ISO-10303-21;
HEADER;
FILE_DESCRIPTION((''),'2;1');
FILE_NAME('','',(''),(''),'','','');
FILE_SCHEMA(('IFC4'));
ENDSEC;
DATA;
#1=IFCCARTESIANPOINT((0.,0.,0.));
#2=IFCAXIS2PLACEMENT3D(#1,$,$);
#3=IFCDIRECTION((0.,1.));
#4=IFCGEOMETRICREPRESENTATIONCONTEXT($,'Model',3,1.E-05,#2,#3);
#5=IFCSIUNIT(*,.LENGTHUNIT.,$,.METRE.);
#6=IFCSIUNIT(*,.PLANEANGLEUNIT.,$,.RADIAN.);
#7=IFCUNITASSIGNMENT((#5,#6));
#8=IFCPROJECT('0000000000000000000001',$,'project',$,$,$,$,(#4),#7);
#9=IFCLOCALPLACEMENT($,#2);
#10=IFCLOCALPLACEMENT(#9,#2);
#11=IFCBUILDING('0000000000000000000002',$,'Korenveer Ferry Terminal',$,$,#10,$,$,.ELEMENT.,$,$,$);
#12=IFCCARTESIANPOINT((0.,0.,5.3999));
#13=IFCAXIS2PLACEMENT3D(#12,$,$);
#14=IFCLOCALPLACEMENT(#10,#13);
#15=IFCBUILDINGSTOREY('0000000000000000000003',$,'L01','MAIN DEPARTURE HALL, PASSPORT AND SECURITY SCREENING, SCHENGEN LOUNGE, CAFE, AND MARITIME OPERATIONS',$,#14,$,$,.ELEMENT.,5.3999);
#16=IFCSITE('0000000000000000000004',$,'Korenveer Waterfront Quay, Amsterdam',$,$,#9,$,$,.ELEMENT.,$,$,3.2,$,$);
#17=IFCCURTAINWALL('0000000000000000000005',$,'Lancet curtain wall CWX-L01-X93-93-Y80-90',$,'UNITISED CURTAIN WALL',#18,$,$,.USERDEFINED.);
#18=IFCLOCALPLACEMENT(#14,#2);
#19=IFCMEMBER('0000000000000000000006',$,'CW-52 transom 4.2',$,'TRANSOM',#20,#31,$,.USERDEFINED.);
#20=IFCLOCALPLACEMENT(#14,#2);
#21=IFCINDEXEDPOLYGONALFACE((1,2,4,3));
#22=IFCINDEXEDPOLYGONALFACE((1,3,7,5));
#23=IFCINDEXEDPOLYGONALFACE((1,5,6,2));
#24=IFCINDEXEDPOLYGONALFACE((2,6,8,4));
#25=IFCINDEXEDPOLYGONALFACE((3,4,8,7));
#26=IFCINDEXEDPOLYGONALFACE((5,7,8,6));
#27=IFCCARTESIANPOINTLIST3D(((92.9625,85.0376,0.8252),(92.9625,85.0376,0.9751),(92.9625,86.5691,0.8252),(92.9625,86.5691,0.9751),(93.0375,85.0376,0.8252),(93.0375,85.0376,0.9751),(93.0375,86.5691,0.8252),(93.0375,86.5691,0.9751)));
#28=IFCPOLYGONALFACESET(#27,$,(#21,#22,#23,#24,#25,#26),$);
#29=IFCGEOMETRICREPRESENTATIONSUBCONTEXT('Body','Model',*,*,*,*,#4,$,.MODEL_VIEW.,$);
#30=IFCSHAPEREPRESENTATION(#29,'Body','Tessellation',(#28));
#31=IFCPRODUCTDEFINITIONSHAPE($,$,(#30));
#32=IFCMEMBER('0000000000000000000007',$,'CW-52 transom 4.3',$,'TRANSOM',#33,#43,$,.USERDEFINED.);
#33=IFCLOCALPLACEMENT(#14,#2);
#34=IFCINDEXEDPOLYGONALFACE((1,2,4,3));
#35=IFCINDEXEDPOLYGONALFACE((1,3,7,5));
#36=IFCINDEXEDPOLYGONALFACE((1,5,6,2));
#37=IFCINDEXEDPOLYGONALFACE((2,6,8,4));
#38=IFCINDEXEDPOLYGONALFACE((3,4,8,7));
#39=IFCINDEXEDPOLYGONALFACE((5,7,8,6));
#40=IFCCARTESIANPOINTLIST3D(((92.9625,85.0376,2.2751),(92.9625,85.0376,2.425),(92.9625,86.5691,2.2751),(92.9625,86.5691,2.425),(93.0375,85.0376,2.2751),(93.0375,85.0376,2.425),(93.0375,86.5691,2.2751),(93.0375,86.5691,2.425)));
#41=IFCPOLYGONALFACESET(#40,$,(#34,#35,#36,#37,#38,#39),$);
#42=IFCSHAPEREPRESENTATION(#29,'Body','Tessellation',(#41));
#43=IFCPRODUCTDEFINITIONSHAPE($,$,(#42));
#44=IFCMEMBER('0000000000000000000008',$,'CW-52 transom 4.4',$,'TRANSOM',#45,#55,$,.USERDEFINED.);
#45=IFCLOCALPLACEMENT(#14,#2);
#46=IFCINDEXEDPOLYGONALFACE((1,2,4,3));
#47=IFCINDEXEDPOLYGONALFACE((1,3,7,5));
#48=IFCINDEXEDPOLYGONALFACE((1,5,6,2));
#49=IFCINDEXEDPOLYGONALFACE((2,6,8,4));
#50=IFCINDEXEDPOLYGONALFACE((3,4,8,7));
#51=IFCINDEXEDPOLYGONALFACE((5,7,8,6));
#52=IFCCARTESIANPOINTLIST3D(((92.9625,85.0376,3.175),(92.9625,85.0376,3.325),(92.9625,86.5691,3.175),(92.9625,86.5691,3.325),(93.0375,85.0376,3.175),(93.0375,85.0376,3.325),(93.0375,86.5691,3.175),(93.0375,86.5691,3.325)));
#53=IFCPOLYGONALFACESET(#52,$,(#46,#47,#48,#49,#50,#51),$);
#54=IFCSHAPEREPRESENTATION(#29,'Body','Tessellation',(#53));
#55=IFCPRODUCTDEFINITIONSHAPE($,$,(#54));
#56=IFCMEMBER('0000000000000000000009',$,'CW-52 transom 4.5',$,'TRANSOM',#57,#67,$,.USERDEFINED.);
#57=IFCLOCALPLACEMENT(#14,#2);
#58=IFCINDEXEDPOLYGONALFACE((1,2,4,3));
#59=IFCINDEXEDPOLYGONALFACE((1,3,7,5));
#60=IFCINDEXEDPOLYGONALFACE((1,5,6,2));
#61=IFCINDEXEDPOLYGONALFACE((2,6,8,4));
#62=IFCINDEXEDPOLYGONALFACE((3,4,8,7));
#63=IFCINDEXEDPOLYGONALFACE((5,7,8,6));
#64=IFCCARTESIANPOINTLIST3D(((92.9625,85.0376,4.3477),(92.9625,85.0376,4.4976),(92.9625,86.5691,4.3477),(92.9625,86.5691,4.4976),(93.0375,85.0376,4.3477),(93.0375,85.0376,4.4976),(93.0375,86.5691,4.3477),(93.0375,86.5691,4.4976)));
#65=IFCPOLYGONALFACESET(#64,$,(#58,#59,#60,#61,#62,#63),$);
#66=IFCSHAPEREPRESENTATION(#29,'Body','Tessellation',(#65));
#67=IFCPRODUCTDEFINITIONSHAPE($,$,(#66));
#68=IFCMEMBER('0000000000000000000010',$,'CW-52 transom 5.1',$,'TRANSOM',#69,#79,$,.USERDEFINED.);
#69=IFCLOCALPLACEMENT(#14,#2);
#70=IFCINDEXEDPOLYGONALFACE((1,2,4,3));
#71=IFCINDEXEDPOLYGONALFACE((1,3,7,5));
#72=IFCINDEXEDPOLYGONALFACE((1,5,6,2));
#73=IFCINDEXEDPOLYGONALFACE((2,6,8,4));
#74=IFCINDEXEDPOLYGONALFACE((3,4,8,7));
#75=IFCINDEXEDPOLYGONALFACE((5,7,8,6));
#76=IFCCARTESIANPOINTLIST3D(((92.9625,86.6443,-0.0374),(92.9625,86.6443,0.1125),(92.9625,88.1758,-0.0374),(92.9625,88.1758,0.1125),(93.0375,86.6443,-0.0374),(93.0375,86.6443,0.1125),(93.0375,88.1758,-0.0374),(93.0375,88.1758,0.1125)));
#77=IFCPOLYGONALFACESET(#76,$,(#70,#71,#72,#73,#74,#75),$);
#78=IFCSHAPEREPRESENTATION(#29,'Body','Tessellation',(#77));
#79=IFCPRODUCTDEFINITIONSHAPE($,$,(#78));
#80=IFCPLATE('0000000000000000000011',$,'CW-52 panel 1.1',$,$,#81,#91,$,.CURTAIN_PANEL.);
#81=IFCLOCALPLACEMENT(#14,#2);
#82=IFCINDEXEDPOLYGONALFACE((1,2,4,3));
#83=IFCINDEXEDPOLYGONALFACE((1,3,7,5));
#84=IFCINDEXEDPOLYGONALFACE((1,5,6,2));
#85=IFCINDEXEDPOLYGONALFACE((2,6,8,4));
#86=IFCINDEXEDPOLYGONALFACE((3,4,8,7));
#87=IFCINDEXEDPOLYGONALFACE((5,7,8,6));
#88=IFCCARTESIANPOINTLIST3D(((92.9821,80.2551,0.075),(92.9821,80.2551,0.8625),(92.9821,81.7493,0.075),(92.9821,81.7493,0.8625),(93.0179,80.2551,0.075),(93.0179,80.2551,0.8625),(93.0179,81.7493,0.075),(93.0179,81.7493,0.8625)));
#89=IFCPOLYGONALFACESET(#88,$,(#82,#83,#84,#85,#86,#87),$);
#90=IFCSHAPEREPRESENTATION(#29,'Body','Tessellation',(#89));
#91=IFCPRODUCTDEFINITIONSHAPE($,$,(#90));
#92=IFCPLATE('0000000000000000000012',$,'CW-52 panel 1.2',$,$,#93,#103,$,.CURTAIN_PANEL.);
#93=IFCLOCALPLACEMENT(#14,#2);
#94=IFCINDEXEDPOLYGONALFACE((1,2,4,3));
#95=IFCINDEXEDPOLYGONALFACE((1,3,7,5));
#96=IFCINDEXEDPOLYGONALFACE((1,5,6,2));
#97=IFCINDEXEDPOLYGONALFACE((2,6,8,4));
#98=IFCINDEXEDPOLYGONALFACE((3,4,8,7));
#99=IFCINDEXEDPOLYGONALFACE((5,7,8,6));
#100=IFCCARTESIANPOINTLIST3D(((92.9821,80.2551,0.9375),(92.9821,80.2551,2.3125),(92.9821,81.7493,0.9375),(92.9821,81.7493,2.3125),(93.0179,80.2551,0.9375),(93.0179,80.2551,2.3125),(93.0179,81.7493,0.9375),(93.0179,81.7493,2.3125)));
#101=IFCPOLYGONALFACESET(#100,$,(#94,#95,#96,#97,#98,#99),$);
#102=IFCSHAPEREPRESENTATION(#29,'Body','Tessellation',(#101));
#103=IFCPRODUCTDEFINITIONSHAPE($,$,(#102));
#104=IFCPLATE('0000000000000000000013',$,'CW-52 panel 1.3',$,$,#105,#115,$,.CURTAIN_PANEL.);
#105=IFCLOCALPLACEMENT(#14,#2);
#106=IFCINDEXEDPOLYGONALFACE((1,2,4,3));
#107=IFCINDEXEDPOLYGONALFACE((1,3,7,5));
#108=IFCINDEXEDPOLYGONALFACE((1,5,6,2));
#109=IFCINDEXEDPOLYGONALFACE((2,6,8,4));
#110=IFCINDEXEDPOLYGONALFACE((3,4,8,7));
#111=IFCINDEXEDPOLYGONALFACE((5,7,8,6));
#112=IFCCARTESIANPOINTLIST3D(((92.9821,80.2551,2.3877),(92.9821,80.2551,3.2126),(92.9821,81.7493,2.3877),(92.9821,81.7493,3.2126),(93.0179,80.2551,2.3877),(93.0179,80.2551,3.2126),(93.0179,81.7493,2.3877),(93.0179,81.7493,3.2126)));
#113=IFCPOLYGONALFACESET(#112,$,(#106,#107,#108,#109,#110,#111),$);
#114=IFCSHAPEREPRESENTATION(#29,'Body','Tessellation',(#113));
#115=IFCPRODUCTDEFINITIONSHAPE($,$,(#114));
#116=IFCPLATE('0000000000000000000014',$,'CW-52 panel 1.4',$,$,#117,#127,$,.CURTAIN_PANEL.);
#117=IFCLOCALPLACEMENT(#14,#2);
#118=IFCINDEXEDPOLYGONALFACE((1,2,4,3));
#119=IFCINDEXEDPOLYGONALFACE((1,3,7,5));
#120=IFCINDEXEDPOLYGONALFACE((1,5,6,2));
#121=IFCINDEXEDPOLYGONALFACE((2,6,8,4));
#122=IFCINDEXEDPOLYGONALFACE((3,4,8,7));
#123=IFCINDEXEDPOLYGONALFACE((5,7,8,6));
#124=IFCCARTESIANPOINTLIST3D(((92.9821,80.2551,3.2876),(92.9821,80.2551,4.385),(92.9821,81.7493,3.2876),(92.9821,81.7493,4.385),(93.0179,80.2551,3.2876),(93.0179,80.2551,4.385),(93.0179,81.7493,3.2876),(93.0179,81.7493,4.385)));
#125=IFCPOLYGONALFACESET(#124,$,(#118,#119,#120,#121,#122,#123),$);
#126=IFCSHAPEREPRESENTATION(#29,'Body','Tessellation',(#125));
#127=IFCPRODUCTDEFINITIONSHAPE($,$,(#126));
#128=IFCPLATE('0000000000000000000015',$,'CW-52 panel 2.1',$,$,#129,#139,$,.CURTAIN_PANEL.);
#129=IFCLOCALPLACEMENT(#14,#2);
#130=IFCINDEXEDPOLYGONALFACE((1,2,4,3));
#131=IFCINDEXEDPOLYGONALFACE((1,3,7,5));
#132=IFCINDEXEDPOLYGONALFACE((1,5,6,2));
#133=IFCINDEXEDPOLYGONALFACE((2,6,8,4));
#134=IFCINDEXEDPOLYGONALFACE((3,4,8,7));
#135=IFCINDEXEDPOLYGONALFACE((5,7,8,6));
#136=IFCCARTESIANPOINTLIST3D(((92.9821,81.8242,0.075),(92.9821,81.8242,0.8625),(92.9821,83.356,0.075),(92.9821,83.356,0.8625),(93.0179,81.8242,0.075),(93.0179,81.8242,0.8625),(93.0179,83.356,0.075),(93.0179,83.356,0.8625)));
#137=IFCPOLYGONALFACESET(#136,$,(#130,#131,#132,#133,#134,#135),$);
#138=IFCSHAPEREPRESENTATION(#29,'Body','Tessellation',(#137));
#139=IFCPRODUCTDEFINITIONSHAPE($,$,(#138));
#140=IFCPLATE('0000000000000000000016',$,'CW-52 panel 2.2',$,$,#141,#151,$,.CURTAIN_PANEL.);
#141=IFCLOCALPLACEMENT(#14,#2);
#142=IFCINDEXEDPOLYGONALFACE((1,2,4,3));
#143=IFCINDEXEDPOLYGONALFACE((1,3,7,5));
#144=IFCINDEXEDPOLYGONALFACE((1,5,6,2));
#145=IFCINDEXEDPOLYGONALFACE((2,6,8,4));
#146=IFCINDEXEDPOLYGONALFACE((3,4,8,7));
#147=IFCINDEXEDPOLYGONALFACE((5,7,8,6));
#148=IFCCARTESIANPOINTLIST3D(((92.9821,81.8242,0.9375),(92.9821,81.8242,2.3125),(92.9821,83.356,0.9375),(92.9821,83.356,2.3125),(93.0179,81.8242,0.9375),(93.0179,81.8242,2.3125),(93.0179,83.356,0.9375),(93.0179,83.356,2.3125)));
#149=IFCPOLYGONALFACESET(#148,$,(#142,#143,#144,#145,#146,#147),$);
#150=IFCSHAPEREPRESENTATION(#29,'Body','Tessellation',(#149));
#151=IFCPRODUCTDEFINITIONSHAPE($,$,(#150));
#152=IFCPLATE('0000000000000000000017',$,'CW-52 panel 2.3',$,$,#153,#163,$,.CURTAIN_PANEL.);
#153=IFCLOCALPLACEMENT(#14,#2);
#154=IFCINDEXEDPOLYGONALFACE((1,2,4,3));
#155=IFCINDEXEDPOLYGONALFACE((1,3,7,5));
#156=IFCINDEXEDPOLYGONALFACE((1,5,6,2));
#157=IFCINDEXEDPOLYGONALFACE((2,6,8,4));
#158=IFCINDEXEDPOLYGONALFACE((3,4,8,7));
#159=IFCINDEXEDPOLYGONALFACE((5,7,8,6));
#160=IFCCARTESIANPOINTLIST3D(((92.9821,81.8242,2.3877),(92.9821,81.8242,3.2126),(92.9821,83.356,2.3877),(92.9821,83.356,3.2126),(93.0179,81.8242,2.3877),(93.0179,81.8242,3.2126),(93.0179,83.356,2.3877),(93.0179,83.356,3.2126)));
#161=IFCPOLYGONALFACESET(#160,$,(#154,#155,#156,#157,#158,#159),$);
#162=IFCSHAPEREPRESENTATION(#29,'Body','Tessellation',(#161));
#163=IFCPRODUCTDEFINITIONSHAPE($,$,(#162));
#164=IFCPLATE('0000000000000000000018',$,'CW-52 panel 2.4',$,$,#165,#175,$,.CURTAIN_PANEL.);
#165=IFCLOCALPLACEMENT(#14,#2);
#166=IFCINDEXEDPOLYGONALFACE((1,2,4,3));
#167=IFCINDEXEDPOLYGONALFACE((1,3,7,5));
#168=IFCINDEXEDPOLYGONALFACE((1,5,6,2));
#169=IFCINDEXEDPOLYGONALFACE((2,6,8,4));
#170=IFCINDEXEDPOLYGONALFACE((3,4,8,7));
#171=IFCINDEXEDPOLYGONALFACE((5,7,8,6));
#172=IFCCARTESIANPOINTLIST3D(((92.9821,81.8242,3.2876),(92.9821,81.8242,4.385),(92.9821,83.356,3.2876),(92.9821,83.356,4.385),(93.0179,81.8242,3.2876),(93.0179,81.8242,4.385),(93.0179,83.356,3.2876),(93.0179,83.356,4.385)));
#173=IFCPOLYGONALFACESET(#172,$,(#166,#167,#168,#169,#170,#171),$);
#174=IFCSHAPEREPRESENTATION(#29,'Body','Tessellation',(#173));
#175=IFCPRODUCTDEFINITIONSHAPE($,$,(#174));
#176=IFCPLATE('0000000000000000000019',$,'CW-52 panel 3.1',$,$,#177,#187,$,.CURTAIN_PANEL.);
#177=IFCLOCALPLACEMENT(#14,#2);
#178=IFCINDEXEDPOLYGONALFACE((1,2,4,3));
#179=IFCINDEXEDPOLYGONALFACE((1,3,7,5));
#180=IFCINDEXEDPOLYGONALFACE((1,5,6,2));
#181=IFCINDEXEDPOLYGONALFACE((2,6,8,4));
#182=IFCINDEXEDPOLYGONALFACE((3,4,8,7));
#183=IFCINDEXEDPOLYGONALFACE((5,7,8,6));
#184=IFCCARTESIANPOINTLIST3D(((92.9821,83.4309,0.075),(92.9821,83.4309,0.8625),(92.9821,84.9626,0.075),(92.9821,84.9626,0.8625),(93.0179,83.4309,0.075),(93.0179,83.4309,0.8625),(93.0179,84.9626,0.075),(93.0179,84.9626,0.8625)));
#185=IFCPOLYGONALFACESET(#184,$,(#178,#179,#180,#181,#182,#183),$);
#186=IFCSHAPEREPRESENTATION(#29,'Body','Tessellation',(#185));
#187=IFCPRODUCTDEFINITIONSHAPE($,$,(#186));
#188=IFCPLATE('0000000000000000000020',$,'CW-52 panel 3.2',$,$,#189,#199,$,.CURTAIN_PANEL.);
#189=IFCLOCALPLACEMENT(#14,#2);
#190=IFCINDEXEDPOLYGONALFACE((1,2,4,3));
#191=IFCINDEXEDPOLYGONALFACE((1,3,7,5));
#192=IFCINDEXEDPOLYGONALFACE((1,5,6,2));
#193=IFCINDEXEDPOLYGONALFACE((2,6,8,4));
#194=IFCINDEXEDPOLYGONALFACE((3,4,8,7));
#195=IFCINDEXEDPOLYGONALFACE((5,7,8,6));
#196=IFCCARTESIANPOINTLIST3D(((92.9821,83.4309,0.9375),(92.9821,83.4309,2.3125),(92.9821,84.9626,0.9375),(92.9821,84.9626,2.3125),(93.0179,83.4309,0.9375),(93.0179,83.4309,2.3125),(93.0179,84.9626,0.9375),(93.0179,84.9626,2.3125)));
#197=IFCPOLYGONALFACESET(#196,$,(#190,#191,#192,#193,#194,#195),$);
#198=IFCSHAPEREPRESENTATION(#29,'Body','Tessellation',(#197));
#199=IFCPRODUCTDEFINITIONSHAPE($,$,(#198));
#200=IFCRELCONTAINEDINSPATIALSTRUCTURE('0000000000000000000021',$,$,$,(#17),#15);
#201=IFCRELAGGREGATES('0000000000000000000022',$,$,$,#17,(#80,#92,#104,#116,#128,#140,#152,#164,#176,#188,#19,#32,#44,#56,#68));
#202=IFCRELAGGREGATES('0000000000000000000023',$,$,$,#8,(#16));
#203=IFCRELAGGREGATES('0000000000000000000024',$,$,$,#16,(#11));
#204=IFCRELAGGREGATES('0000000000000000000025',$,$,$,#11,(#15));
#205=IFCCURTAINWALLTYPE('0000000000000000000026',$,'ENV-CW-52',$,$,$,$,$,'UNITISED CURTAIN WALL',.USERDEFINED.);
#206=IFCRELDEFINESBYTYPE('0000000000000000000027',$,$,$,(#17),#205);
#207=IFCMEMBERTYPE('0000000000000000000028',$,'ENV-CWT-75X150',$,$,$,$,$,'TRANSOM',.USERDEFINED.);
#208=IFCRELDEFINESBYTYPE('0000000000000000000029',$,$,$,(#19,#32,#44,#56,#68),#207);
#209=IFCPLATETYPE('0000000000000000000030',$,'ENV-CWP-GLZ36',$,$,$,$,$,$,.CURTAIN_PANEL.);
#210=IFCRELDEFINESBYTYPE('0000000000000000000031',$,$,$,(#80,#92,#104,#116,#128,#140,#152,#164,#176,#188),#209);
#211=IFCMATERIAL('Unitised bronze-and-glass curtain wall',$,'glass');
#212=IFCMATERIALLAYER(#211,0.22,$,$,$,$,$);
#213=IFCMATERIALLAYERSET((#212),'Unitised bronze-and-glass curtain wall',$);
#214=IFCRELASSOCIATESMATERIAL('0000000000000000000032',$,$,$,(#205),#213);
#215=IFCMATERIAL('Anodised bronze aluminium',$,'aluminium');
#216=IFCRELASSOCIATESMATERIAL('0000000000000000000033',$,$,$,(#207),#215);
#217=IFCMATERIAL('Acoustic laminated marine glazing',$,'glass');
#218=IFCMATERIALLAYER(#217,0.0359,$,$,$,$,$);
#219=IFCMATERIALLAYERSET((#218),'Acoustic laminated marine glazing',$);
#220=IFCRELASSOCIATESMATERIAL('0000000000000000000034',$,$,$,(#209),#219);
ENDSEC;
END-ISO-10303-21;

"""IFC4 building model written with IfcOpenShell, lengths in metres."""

from ifc_helpers import new_model, si_unit, direction, frame, origin, origin_2d, place, context, subcontext, project, spatial, rectangle, extrude, material, layer, layer_set, material_profile, profile_set, type_object, element, aggregate, save


model = new_model("IFC4")

# Units and contexts
model_context = context("Model", 3, precision=1e-05, world=origin(), true_north=direction((0.0, 1.0)))
body_context = subcontext(model_context, "Body", "Model", "MODEL_VIEW")
ifc_project = project(units=[si_unit("LENGTHUNIT", "METRE"), si_unit("PLANEANGLEUNIT", "RADIAN")], contexts=[model_context])

# Site, building, storey
site_placement = place(None, origin())
site = spatial("IfcSite", under=ifc_project, at=site_placement, Name="Korenveer Waterfront Quay, Amsterdam", CompositionType="ELEMENT", RefElevation=3.2)
building_placement = place(site_placement, origin())
building = spatial("IfcBuilding", under=site, at=building_placement, Name="Korenveer Ferry Terminal", CompositionType="ELEMENT")
storey_placement = place(building_placement, frame((0.0, 0.0, 5.3999)))
storey = spatial("IfcBuildingStorey", under=building, at=storey_placement, Name="L01", Description="MAIN DEPARTURE HALL, PASSPORT AND SECURITY SCREENING, SCHENGEN LOUNGE, CAFE, AND MARITIME OPERATIONS", CompositionType="ELEMENT", Elevation=5.3999)

# Curtain wall, members, plates
ifc_material_1 = material(Name="Unitised bronze-and-glass curtain wall", Category="glass")
ifc_layer_1 = layer(ifc_material_1, 0.22)
ifc_layer_set_1 = layer_set([ifc_layer_1], Name="Unitised bronze-and-glass curtain wall")
curtain_wall_type = type_object("IfcCurtainWallType", Name="ENV-CW-52", ElementType="UNITISED CURTAIN WALL", PredefinedType="USERDEFINED", material=ifc_layer_set_1)
curtain_wall_placement = place(storey_placement, frame((93.0, 80.1799, 0.0)))
curtain_wall = element("IfcCurtainWall", 1, at=curtain_wall_placement, inside=storey, type_object=curtain_wall_type, Name="Lancet curtain wall CWX-L01-X93-93-Y80-90", ObjectType="UNITISED CURTAIN WALL", PredefinedType="USERDEFINED")
ifc_material_2 = material(Name="Anodised bronze aluminium", Category="aluminium")
ifc_material_profile_1 = material_profile(ifc_material_2, rectangle(XDim=0.075, YDim=0.1499, at=origin_2d()), Name="ALU 75x150")
ifc_profile_set_1 = profile_set([ifc_material_profile_1], Name="Anodised bronze aluminium")
member_type_1 = type_object("IfcMemberType", Name="ENV-CWT-75X150", ElementType="TRANSOM", PredefinedType="USERDEFINED", material=ifc_profile_set_1)
member_1_placement = place(storey_placement, frame((93.0, 85.0376, 0.9001), z_axis=(0.0, 1.0, 0.0), x_axis=(-1.0, 0.0, 0.0)))
member_1 = element("IfcMember", 2, at=member_1_placement, type_object=member_type_1, Name="CW-52 transom 4.2", ObjectType="TRANSOM", PredefinedType="USERDEFINED", context=body_context, shape_type="SweptSolid", body=[
    extrude(rectangle(XDim=0.075, YDim=0.1499, at=origin_2d()), origin(), (0.0, 0.0, 1.0), 1.5315),
])
member_2_placement = place(storey_placement, frame((93.0, 85.0376, 2.3501), z_axis=(0.0, 1.0, 0.0), x_axis=(-1.0, 0.0, 0.0)))
member_2 = element("IfcMember", 3, at=member_2_placement, type_object=member_type_1, Name="CW-52 transom 4.3", ObjectType="TRANSOM", PredefinedType="USERDEFINED", context=body_context, shape_type="SweptSolid", body=[
    extrude(rectangle(XDim=0.075, YDim=0.1499, at=origin_2d()), origin(), (0.0, 0.0, 1.0), 1.5315),
])
member_3_placement = place(storey_placement, frame((93.0, 85.0376, 3.25), z_axis=(0.0, 1.0, 0.0), x_axis=(-1.0, 0.0, 0.0)))
member_3 = element("IfcMember", 4, at=member_3_placement, type_object=member_type_1, Name="CW-52 transom 4.4", ObjectType="TRANSOM", PredefinedType="USERDEFINED", context=body_context, shape_type="SweptSolid", body=[
    extrude(rectangle(XDim=0.075, YDim=0.1499, at=origin_2d()), origin(), (0.0, 0.0, 1.0), 1.5315),
])
member_4_placement = place(storey_placement, frame((93.0, 85.0376, 4.4226), z_axis=(0.0, 1.0, 0.0), x_axis=(-1.0, 0.0, 0.0)))
member_4 = element("IfcMember", 5, at=member_4_placement, type_object=member_type_1, Name="CW-52 transom 4.5", ObjectType="TRANSOM", PredefinedType="USERDEFINED", context=body_context, shape_type="SweptSolid", body=[
    extrude(rectangle(XDim=0.075, YDim=0.1499, at=origin_2d()), origin(), (0.0, 0.0, 1.0), 1.5315),
])
member_5_placement = place(storey_placement, frame((93.0, 86.6443, 0.0376), z_axis=(0.0, 1.0, 0.0), x_axis=(-1.0, 0.0, 0.0)))
member_5 = element("IfcMember", 6, at=member_5_placement, type_object=member_type_1, Name="CW-52 transom 5.1", ObjectType="TRANSOM", PredefinedType="USERDEFINED", context=body_context, shape_type="SweptSolid", body=[
    extrude(rectangle(XDim=0.075, YDim=0.1499, at=origin_2d()), origin(), (0.0, 0.0, 1.0), 1.5315),
])
ifc_material_3 = material(Name="Acoustic laminated marine glazing", Category="glass")
ifc_layer_2 = layer(ifc_material_3, 0.0359)
ifc_layer_set_2 = layer_set([ifc_layer_2], Name="Acoustic laminated marine glazing")
plate_type = type_object("IfcPlateType", Name="ENV-CWP-GLZ36", PredefinedType="CURTAIN_PANEL", material=ifc_layer_set_2)
plate_1_placement = place(storey_placement, frame((93.0, 81.0022, 0.075), z_axis=(0.0, 0.0, 1.0), x_axis=(0.0, 1.0, 0.0)))
plate_1 = element("IfcPlate", 7, at=plate_1_placement, type_object=plate_type, Name="CW-52 panel 1.1", PredefinedType="CURTAIN_PANEL", context=body_context, shape_type="SweptSolid", body=[
    extrude(rectangle(XDim=1.4941, YDim=0.0359, at=origin_2d()), origin(), (0.0, 0.0, 1.0), 0.7876),
])
plate_2_placement = place(storey_placement, frame((93.0, 81.0022, 0.9375), z_axis=(0.0, 0.0, 1.0), x_axis=(0.0, 1.0, 0.0)))
plate_2 = element("IfcPlate", 8, at=plate_2_placement, type_object=plate_type, Name="CW-52 panel 1.2", PredefinedType="CURTAIN_PANEL", context=body_context, shape_type="SweptSolid", body=[
    extrude(rectangle(XDim=1.4941, YDim=0.0359, at=origin_2d()), origin(), (0.0, 0.0, 1.0), 1.375),
])
plate_3_placement = place(storey_placement, frame((93.0, 81.0022, 2.3877), z_axis=(0.0, 0.0, 1.0), x_axis=(0.0, 1.0, 0.0)))
plate_3 = element("IfcPlate", 9, at=plate_3_placement, type_object=plate_type, Name="CW-52 panel 1.3", PredefinedType="CURTAIN_PANEL", context=body_context, shape_type="SweptSolid", body=[
    extrude(rectangle(XDim=1.4941, YDim=0.0359, at=origin_2d()), origin(), (0.0, 0.0, 1.0), 0.825),
])
plate_4_placement = place(storey_placement, frame((93.0, 81.0022, 3.2876), z_axis=(0.0, 0.0, 1.0), x_axis=(0.0, 1.0, 0.0)))
plate_4 = element("IfcPlate", 10, at=plate_4_placement, type_object=plate_type, Name="CW-52 panel 1.4", PredefinedType="CURTAIN_PANEL", context=body_context, shape_type="SweptSolid", body=[
    extrude(rectangle(XDim=1.4941, YDim=0.0359, at=origin_2d()), origin(), (0.0, 0.0, 1.0), 1.0974),
])
plate_5_placement = place(storey_placement, frame((93.0, 82.5901, 0.075), z_axis=(0.0, 0.0, 1.0), x_axis=(0.0, 1.0, 0.0)))
plate_5 = element("IfcPlate", 11, at=plate_5_placement, type_object=plate_type, Name="CW-52 panel 2.1", PredefinedType="CURTAIN_PANEL", context=body_context, shape_type="SweptSolid", body=[
    extrude(rectangle(XDim=1.5317, YDim=0.0359, at=origin_2d()), origin(), (0.0, 0.0, 1.0), 0.7876),
])
plate_6_placement = place(storey_placement, frame((93.0, 82.5901, 0.9375), z_axis=(0.0, 0.0, 1.0), x_axis=(0.0, 1.0, 0.0)))
plate_6 = element("IfcPlate", 12, at=plate_6_placement, type_object=plate_type, Name="CW-52 panel 2.2", PredefinedType="CURTAIN_PANEL", context=body_context, shape_type="SweptSolid", body=[
    extrude(rectangle(XDim=1.5317, YDim=0.0359, at=origin_2d()), origin(), (0.0, 0.0, 1.0), 1.375),
])
plate_7_placement = place(storey_placement, frame((93.0, 82.5901, 2.3877), z_axis=(0.0, 0.0, 1.0), x_axis=(0.0, 1.0, 0.0)))
plate_7 = element("IfcPlate", 13, at=plate_7_placement, type_object=plate_type, Name="CW-52 panel 2.3", PredefinedType="CURTAIN_PANEL", context=body_context, shape_type="SweptSolid", body=[
    extrude(rectangle(XDim=1.5317, YDim=0.0359, at=origin_2d()), origin(), (0.0, 0.0, 1.0), 0.825),
])
plate_8_placement = place(storey_placement, frame((93.0, 82.5901, 3.2876), z_axis=(0.0, 0.0, 1.0), x_axis=(0.0, 1.0, 0.0)))
plate_8 = element("IfcPlate", 14, at=plate_8_placement, type_object=plate_type, Name="CW-52 panel 2.4", PredefinedType="CURTAIN_PANEL", context=body_context, shape_type="SweptSolid", body=[
    extrude(rectangle(XDim=1.5317, YDim=0.0359, at=origin_2d()), origin(), (0.0, 0.0, 1.0), 1.0974),
])
plate_9_placement = place(storey_placement, frame((93.0, 84.1968, 0.075), z_axis=(0.0, 0.0, 1.0), x_axis=(0.0, 1.0, 0.0)))
plate_9 = element("IfcPlate", 15, at=plate_9_placement, type_object=plate_type, Name="CW-52 panel 3.1", PredefinedType="CURTAIN_PANEL", context=body_context, shape_type="SweptSolid", body=[
    extrude(rectangle(XDim=1.5317, YDim=0.0359, at=origin_2d()), origin(), (0.0, 0.0, 1.0), 0.7876),
])
plate_10_placement = place(storey_placement, frame((93.0, 84.1968, 0.9375), z_axis=(0.0, 0.0, 1.0), x_axis=(0.0, 1.0, 0.0)))
plate_10 = element("IfcPlate", 16, at=plate_10_placement, type_object=plate_type, Name="CW-52 panel 3.2", PredefinedType="CURTAIN_PANEL", context=body_context, shape_type="SweptSolid", body=[
    extrude(rectangle(XDim=1.5317, YDim=0.0359, at=origin_2d()), origin(), (0.0, 0.0, 1.0), 1.375),
])
aggregate(curtain_wall, [plate_1, plate_2, plate_3, plate_4, plate_5, plate_6, plate_7, plate_8, plate_9, plate_10, member_1, member_2, member_3, member_4, member_5])

save(model, "model.ifc")
